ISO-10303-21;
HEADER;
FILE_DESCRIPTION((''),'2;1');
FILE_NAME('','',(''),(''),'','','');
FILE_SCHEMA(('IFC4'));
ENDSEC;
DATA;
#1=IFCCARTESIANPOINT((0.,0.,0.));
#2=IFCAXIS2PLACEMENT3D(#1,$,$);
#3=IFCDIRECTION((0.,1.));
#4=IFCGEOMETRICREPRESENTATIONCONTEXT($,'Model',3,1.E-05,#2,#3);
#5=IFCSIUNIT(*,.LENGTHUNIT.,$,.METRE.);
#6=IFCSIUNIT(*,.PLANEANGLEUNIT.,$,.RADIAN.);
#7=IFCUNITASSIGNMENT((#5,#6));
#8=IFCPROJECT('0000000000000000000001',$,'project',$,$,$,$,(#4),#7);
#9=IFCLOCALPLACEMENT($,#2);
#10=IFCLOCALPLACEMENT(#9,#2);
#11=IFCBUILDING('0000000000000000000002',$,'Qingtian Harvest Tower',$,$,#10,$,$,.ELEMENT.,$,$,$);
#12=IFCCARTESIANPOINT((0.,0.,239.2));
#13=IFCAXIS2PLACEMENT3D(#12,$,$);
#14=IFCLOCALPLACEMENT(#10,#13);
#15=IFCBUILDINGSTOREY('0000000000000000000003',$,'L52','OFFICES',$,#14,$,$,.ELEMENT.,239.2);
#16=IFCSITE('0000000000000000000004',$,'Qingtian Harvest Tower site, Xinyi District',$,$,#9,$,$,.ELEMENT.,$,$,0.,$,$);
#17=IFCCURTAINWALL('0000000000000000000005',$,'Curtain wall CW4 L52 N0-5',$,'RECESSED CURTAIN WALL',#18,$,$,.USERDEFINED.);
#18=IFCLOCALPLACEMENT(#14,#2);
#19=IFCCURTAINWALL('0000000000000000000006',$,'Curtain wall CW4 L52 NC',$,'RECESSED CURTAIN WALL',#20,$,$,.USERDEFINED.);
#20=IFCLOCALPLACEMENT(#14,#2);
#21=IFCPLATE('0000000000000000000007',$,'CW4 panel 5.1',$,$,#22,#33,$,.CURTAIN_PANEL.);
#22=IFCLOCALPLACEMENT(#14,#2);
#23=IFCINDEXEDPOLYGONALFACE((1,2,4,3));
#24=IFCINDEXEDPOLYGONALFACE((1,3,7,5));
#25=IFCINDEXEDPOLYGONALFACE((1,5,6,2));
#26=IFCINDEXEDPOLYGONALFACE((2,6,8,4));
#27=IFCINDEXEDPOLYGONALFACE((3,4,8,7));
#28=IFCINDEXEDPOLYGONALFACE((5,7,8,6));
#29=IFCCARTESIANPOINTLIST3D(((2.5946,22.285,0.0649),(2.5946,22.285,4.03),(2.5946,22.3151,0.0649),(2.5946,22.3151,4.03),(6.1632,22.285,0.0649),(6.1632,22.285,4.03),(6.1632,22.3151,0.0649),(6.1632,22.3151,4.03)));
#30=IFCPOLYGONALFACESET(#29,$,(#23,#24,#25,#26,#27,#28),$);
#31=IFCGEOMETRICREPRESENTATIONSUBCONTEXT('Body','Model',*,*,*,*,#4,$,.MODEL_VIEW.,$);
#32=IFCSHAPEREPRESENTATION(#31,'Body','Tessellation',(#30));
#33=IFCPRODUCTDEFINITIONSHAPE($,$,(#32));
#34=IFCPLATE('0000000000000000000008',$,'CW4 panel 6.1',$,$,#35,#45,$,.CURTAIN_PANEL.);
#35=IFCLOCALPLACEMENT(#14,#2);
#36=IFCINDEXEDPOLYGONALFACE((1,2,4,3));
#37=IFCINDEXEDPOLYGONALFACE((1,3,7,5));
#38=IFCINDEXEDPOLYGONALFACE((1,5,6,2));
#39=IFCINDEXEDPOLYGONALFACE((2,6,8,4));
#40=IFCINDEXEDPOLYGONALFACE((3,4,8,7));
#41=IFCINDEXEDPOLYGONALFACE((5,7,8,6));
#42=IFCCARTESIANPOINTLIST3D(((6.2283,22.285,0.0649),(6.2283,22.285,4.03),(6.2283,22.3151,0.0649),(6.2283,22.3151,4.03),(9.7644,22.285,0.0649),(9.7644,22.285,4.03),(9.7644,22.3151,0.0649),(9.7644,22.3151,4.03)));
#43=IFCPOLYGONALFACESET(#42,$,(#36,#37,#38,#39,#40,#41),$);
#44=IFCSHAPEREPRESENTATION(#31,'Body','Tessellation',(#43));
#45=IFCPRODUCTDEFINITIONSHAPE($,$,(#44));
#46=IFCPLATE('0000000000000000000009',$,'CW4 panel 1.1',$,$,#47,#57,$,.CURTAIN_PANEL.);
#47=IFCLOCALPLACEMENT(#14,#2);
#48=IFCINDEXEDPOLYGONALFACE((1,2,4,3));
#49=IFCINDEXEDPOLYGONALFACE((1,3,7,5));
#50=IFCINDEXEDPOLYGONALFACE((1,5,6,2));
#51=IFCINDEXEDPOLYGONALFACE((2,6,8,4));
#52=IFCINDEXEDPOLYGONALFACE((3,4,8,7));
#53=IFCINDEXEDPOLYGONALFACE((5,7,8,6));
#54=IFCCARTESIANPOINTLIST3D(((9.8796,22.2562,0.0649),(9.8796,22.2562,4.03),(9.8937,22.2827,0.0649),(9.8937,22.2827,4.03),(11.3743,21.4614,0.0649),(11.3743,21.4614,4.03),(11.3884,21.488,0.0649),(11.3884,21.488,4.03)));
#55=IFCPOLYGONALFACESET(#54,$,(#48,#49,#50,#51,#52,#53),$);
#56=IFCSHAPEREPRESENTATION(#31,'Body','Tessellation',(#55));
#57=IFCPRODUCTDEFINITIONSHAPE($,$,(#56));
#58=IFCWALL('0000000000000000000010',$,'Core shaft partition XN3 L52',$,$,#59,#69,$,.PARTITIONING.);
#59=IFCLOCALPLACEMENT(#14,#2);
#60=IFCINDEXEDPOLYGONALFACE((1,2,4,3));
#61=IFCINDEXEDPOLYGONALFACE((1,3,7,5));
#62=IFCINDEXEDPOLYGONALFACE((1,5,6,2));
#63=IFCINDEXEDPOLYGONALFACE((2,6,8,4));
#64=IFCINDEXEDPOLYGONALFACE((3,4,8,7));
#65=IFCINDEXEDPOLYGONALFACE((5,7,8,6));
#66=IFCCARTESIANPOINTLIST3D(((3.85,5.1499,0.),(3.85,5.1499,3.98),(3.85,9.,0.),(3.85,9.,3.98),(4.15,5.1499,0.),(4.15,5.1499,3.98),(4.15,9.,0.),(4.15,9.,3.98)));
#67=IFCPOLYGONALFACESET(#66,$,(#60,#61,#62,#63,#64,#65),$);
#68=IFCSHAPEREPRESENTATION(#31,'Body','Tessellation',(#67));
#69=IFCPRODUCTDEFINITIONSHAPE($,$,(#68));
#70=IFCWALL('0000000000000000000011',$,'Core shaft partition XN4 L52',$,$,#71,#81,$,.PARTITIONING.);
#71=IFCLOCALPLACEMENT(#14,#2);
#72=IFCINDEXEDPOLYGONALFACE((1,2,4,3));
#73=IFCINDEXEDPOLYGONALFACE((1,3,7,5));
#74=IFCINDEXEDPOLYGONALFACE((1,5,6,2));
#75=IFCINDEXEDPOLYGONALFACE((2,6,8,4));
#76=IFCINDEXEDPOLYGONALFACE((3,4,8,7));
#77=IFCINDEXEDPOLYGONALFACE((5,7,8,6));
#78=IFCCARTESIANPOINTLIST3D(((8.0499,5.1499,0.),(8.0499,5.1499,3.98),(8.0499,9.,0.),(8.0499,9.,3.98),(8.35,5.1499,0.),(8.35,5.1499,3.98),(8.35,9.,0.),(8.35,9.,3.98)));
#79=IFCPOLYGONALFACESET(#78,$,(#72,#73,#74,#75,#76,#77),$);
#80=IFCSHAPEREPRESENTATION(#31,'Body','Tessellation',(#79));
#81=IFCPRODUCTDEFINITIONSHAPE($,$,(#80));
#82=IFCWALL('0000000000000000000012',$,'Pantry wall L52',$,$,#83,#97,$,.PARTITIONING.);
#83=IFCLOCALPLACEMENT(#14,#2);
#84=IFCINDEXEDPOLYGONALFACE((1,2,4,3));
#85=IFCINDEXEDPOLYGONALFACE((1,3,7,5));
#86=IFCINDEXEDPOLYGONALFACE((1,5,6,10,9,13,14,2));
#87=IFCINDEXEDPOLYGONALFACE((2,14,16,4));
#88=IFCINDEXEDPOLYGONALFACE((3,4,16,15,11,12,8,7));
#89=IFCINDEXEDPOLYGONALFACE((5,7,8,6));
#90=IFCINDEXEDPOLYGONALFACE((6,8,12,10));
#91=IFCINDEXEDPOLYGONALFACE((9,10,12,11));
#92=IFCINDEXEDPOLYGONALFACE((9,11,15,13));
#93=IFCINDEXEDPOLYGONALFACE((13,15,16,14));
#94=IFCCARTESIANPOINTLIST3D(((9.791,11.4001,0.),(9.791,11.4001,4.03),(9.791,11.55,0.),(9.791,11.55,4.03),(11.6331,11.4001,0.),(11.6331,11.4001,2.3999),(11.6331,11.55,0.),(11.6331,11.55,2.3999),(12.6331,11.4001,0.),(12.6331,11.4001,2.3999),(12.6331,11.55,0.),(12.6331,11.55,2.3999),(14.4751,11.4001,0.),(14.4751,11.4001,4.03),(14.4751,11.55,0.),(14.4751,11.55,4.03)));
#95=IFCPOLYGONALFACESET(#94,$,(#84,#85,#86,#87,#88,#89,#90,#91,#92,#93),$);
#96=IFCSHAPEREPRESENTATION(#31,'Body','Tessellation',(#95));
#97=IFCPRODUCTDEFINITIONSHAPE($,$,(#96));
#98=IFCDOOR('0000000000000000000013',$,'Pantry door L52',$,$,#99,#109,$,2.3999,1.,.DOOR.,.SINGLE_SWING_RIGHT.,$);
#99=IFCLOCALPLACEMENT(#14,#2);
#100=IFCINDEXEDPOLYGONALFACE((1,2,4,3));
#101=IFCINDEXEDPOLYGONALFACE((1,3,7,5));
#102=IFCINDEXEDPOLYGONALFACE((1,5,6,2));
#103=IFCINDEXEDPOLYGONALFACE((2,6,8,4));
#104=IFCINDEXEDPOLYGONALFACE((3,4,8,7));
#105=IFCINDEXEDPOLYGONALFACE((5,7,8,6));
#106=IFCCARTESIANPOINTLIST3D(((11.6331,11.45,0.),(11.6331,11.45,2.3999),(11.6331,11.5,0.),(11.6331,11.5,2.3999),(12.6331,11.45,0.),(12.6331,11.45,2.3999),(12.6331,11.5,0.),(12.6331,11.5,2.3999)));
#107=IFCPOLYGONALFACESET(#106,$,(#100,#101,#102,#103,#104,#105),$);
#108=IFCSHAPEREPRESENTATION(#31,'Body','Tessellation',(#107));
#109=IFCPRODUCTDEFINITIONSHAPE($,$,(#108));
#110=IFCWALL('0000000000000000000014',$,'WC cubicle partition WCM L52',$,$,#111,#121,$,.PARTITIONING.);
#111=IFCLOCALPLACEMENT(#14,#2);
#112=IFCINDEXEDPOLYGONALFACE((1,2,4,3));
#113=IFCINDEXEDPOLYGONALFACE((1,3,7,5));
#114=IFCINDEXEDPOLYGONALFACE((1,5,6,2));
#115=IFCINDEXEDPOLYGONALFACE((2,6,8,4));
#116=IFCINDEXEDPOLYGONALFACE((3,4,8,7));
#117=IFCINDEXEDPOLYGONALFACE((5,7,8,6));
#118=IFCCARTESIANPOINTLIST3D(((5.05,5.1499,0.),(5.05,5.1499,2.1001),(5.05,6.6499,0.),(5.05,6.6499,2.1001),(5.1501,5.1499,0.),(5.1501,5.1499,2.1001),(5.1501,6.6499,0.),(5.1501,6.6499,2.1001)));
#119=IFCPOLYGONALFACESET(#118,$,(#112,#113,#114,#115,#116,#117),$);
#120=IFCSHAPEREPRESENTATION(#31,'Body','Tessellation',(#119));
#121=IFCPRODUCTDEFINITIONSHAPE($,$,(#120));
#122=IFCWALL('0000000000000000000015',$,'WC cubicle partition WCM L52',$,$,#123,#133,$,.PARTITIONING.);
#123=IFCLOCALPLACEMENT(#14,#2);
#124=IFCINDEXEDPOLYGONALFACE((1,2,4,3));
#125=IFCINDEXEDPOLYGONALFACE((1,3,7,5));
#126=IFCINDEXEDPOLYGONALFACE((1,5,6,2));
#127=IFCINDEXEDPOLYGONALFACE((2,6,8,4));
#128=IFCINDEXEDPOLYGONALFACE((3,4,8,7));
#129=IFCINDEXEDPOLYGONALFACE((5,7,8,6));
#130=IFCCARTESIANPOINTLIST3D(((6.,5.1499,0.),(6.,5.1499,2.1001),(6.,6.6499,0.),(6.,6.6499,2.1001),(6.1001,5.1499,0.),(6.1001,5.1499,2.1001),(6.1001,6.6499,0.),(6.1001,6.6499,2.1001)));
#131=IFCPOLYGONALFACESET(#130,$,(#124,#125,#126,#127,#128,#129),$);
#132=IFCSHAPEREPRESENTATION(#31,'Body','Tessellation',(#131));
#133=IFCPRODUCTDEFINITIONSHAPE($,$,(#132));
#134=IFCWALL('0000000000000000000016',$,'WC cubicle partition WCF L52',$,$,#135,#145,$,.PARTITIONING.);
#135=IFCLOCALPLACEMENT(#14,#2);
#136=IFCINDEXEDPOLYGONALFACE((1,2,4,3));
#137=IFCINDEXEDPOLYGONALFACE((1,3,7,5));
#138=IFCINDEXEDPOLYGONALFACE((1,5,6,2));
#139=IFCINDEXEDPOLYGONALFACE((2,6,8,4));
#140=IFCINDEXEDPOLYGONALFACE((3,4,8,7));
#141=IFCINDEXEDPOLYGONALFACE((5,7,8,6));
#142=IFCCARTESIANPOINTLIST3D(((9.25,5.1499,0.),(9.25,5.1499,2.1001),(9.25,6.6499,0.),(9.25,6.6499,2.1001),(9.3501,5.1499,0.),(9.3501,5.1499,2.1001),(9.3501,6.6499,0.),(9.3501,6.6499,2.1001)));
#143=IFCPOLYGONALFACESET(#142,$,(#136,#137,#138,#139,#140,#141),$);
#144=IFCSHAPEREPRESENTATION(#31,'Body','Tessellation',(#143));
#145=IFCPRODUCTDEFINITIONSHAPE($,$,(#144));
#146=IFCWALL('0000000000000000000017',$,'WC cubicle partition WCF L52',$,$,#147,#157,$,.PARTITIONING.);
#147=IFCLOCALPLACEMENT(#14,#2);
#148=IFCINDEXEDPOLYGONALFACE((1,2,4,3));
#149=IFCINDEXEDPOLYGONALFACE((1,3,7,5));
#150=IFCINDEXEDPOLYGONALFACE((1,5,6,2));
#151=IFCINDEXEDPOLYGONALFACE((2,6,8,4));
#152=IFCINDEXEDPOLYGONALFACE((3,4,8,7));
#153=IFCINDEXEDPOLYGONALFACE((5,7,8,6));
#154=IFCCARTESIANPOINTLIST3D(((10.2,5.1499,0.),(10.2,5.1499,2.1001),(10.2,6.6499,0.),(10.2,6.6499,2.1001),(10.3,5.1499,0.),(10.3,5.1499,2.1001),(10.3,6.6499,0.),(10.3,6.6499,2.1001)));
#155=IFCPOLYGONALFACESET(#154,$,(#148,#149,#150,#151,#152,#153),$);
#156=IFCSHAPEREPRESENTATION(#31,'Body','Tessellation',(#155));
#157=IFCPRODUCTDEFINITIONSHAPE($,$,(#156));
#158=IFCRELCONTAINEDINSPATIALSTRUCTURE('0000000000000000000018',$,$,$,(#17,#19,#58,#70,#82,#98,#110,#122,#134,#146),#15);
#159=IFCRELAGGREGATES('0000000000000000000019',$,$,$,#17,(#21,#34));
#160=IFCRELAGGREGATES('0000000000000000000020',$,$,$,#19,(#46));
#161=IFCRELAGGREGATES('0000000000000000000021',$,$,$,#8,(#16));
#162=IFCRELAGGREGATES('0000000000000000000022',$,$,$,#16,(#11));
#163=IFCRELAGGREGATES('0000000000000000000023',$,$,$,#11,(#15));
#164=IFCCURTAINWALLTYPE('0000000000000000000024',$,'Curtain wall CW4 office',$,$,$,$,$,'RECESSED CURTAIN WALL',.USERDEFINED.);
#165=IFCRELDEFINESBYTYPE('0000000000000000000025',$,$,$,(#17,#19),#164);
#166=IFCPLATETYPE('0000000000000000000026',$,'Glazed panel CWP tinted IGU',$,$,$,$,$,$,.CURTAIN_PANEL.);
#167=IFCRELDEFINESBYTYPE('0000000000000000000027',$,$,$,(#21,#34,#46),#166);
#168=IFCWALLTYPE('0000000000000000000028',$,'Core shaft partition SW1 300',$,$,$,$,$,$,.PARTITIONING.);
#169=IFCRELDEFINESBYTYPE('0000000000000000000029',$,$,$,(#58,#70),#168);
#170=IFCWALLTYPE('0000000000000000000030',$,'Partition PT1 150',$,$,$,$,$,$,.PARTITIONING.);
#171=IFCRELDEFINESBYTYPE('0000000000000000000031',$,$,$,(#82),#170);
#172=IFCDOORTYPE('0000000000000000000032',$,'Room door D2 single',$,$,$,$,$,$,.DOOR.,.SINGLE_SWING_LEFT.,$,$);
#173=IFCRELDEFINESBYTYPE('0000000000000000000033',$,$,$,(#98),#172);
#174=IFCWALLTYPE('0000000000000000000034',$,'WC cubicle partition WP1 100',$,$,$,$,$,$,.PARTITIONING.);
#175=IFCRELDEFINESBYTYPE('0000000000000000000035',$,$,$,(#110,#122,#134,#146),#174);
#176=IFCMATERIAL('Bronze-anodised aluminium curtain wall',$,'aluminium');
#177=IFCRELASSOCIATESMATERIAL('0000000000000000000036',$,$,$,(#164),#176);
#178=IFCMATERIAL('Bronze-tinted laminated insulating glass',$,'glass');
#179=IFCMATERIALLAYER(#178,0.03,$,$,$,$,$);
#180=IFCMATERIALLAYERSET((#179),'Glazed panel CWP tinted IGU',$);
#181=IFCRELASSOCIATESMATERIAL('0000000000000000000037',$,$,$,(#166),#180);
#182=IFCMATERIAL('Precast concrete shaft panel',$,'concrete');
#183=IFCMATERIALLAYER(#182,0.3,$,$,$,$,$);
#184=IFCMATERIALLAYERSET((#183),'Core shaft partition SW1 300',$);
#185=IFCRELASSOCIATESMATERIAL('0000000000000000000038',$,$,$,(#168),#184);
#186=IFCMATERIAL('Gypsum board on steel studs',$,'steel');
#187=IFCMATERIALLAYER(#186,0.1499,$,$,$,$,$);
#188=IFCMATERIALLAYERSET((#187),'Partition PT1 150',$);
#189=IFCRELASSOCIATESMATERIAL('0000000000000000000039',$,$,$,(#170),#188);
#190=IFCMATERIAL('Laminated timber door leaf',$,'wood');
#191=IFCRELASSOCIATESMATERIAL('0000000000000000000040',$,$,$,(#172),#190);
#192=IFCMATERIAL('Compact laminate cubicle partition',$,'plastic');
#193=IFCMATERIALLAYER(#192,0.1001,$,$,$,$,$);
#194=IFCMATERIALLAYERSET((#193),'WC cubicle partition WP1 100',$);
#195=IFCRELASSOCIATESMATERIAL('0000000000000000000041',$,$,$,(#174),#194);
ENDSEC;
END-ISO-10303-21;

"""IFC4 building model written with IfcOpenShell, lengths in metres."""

from ifc_helpers import new_model, si_unit, direction, frame, frame_2d, origin, origin_2d, place, context, subcontext, project, spatial, rectangle, extrude, material, layer, layer_set, type_object, element, fill, aggregate, save


model = new_model("IFC4")

# Units and contexts
model_context = context("Model", 3, precision=1e-05, world=origin(), true_north=direction((0.0, 1.0)))
body_context = subcontext(model_context, "Body", "Model", "MODEL_VIEW")
ifc_project = project(units=[si_unit("LENGTHUNIT", "METRE"), si_unit("PLANEANGLEUNIT", "RADIAN")], contexts=[model_context])

# Site, building, storey
site_placement = place(None, origin())
site = spatial("IfcSite", under=ifc_project, at=site_placement, Name="Qingtian Harvest Tower site, Xinyi District", CompositionType="ELEMENT", RefElevation=0.0)
building_placement = place(site_placement, origin())
building = spatial("IfcBuilding", under=site, at=building_placement, Name="Qingtian Harvest Tower", CompositionType="ELEMENT")
storey_placement = place(building_placement, frame((0.0, 0.0, 239.2)))
storey = spatial("IfcBuildingStorey", under=building, at=storey_placement, Name="L52", Description="OFFICES", CompositionType="ELEMENT", Elevation=239.2)

# Curtain walls
ifc_material_1 = material(Name="Bronze-anodised aluminium curtain wall", Category="aluminium")
curtain_wall_type = type_object("IfcCurtainWallType", Name="Curtain wall CW4 office", ElementType="RECESSED CURTAIN WALL", PredefinedType="USERDEFINED", material=ifc_material_1)
curtain_wall_1_placement = place(storey_placement, origin())
curtain_wall_1 = element("IfcCurtainWall", 1, at=curtain_wall_1_placement, inside=storey, type_object=curtain_wall_type, Name="Curtain wall CW4 L52 N0-5", ObjectType="RECESSED CURTAIN WALL", PredefinedType="USERDEFINED")
curtain_wall_2_placement = place(storey_placement, origin())
curtain_wall_2 = element("IfcCurtainWall", 2, at=curtain_wall_2_placement, inside=storey, type_object=curtain_wall_type, Name="Curtain wall CW4 L52 NC", ObjectType="RECESSED CURTAIN WALL", PredefinedType="USERDEFINED")

# Plates
ifc_material_2 = material(Name="Bronze-tinted laminated insulating glass", Category="glass")
ifc_layer_1 = layer(ifc_material_2, 0.03)
ifc_layer_set_1 = layer_set([ifc_layer_1], Name="Glazed panel CWP tinted IGU")
plate_type = type_object("IfcPlateType", Name="Glazed panel CWP tinted IGU", PredefinedType="CURTAIN_PANEL", material=ifc_layer_set_1)
plate_1_placement = place(storey_placement, frame((4.3789, 22.3, 0.0649), z_axis=(0.0, 0.0, 1.0), x_axis=(1.0, 0.0, 0.0)))
plate_1 = element("IfcPlate", 3, at=plate_1_placement, type_object=plate_type, Name="CW4 panel 5.1", PredefinedType="CURTAIN_PANEL", context=body_context, shape_type="SweptSolid", body=[
    extrude(rectangle(XDim=3.5686, YDim=0.03, at=origin_2d()), origin(), (0.0, 0.0, 1.0), 3.9651),
])
plate_2_placement = place(storey_placement, frame((7.9963, 22.3, 0.0649), z_axis=(0.0, 0.0, 1.0), x_axis=(1.0, 0.0, 0.0)))
plate_2 = element("IfcPlate", 4, at=plate_2_placement, type_object=plate_type, Name="CW4 panel 6.1", PredefinedType="CURTAIN_PANEL", context=body_context, shape_type="SweptSolid", body=[
    extrude(rectangle(XDim=3.5361, YDim=0.03, at=origin_2d()), origin(), (0.0, 0.0, 1.0), 3.9651),
])
aggregate(curtain_wall_1, [plate_1, plate_2])
plate_3_placement = place(storey_placement, frame((10.634, 21.8721, 0.0649), z_axis=(0.0, 0.0, 1.0), x_axis=(0.882948, -0.469472, 0.0)))
plate_3 = element("IfcPlate", 5, at=plate_3_placement, type_object=plate_type, Name="CW4 panel 1.1", PredefinedType="CURTAIN_PANEL", context=body_context, shape_type="SweptSolid", body=[
    extrude(rectangle(XDim=1.6929, YDim=0.03, at=origin_2d()), origin(), (0.0, 0.0, 1.0), 3.9651),
])
aggregate(curtain_wall_2, [plate_3])

# Walls
ifc_material_3 = material(Name="Precast concrete shaft panel", Category="concrete")
ifc_layer_2 = layer(ifc_material_3, 0.3)
ifc_layer_set_2 = layer_set([ifc_layer_2], Name="Core shaft partition SW1 300")
wall_type_1 = type_object("IfcWallType", Name="Core shaft partition SW1 300", PredefinedType="PARTITIONING", material=ifc_layer_set_2)
for number, where, z_axis, x_axis, name in (
    (6, (4.0, 5.1499, 0.0), (0.0, 0.0, 1.0), (0.0, 1.0, 0.0), "Core shaft partition XN3 L52"),
    (7, (8.2, 5.1499, 0.0), (0.0, 0.0, 1.0), (0.0, 1.0, 0.0), "Core shaft partition XN4 L52"),
):
    element("IfcWall", number, at=place(storey_placement, frame(where, z_axis=z_axis, x_axis=x_axis)), inside=storey, type_object=wall_type_1, Name=name, PredefinedType="PARTITIONING", context=body_context, shape_type="SweptSolid", body=[
        extrude(rectangle(XDim=3.8501, YDim=0.3, at=frame_2d((1.925, 0.0))), origin(), (0.0, 0.0, 1.0), 3.98),
    ])

# Wall, opening, door
ifc_material_4 = material(Name="Gypsum board on steel studs", Category="steel")
ifc_layer_3 = layer(ifc_material_4, 0.1499)
ifc_layer_set_3 = layer_set([ifc_layer_3], Name="Partition PT1 150")
wall_type_2 = type_object("IfcWallType", Name="Partition PT1 150", PredefinedType="PARTITIONING", material=ifc_layer_set_3)
wall_placement = place(storey_placement, frame((9.791, 11.4751, 0.0), z_axis=(0.0, 0.0, 1.0), x_axis=(1.0, 0.0, 0.0)))
wall = element("IfcWall", 8, at=wall_placement, inside=storey, type_object=wall_type_2, Name="Pantry wall L52", PredefinedType="PARTITIONING", context=body_context, shape_type="SweptSolid", body=[
    extrude(rectangle(XDim=4.6841, YDim=0.1499, at=frame_2d((2.342, 0.0))), origin(), (0.0, 0.0, 1.0), 4.03),
])
opening_placement = place(wall_placement, frame((1.842, 0.0, 0.0)))
opening = element("IfcOpeningElement", 9, at=opening_placement, cuts=wall, PredefinedType="OPENING", context=body_context, shape_type="SweptSolid", body=[
    extrude(rectangle(XDim=1.0, YDim=2.3999, at=frame_2d((0.5, 1.2))), frame((0.0, 0.085, 0.0), z_axis=(0.0, -1.0, 0.0), x_axis=(1.0, 0.0, 0.0)), (0.0, 0.0, 1.0), 0.1699),
])
ifc_material_5 = material(Name="Laminated timber door leaf", Category="wood")
door_type = type_object("IfcDoorType", Name="Room door D2 single", OperationType="SINGLE_SWING_LEFT", PredefinedType="DOOR", material=ifc_material_5)
door_placement = place(opening_placement, origin())
door = element("IfcDoor", 10, at=door_placement, inside=storey, type_object=door_type, Name="Pantry door L52", OperationType="SINGLE_SWING_RIGHT", OverallHeight=2.3999, OverallWidth=1.0, PredefinedType="DOOR", context=body_context, shape_type="SweptSolid", body=[
    extrude(rectangle(XDim=1.0, YDim=2.3999, at=frame_2d((0.5, 1.2))), frame((0.0, 0.0249, 0.0), z_axis=(0.0, -1.0, 0.0), x_axis=(1.0, 0.0, 0.0)), (0.0, 0.0, 1.0), 0.05),
])
fill(opening, door)

# Walls
ifc_material_6 = material(Name="Compact laminate cubicle partition", Category="plastic")
ifc_layer_4 = layer(ifc_material_6, 0.1001)
ifc_layer_set_4 = layer_set([ifc_layer_4], Name="WC cubicle partition WP1 100")
wall_type_3 = type_object("IfcWallType", Name="WC cubicle partition WP1 100", PredefinedType="PARTITIONING", material=ifc_layer_set_4)
for number, where, z_axis, x_axis, name in (
    (11, (5.1001, 5.1499, 0.0), (0.0, 0.0, 1.0), (0.0, 1.0, 0.0), "WC cubicle partition WCM L52"),
    (12, (6.05, 5.1499, 0.0), (0.0, 0.0, 1.0), (0.0, 1.0, 0.0), "WC cubicle partition WCM L52"),
    (13, (9.3, 5.1499, 0.0), (0.0, 0.0, 1.0), (0.0, 1.0, 0.0), "WC cubicle partition WCF L52"),
    (14, (10.25, 5.1499, 0.0), (0.0, 0.0, 1.0), (0.0, 1.0, 0.0), "WC cubicle partition WCF L52"),
):
    element("IfcWall", number, at=place(storey_placement, frame(where, z_axis=z_axis, x_axis=x_axis)), inside=storey, type_object=wall_type_3, Name=name, PredefinedType="PARTITIONING", context=body_context, shape_type="SweptSolid", body=[
        extrude(rectangle(XDim=1.5, YDim=0.1001, at=frame_2d((0.75, 0.0))), origin(), (0.0, 0.0, 1.0), 2.1001),
    ])

save(model, "model.ifc")
